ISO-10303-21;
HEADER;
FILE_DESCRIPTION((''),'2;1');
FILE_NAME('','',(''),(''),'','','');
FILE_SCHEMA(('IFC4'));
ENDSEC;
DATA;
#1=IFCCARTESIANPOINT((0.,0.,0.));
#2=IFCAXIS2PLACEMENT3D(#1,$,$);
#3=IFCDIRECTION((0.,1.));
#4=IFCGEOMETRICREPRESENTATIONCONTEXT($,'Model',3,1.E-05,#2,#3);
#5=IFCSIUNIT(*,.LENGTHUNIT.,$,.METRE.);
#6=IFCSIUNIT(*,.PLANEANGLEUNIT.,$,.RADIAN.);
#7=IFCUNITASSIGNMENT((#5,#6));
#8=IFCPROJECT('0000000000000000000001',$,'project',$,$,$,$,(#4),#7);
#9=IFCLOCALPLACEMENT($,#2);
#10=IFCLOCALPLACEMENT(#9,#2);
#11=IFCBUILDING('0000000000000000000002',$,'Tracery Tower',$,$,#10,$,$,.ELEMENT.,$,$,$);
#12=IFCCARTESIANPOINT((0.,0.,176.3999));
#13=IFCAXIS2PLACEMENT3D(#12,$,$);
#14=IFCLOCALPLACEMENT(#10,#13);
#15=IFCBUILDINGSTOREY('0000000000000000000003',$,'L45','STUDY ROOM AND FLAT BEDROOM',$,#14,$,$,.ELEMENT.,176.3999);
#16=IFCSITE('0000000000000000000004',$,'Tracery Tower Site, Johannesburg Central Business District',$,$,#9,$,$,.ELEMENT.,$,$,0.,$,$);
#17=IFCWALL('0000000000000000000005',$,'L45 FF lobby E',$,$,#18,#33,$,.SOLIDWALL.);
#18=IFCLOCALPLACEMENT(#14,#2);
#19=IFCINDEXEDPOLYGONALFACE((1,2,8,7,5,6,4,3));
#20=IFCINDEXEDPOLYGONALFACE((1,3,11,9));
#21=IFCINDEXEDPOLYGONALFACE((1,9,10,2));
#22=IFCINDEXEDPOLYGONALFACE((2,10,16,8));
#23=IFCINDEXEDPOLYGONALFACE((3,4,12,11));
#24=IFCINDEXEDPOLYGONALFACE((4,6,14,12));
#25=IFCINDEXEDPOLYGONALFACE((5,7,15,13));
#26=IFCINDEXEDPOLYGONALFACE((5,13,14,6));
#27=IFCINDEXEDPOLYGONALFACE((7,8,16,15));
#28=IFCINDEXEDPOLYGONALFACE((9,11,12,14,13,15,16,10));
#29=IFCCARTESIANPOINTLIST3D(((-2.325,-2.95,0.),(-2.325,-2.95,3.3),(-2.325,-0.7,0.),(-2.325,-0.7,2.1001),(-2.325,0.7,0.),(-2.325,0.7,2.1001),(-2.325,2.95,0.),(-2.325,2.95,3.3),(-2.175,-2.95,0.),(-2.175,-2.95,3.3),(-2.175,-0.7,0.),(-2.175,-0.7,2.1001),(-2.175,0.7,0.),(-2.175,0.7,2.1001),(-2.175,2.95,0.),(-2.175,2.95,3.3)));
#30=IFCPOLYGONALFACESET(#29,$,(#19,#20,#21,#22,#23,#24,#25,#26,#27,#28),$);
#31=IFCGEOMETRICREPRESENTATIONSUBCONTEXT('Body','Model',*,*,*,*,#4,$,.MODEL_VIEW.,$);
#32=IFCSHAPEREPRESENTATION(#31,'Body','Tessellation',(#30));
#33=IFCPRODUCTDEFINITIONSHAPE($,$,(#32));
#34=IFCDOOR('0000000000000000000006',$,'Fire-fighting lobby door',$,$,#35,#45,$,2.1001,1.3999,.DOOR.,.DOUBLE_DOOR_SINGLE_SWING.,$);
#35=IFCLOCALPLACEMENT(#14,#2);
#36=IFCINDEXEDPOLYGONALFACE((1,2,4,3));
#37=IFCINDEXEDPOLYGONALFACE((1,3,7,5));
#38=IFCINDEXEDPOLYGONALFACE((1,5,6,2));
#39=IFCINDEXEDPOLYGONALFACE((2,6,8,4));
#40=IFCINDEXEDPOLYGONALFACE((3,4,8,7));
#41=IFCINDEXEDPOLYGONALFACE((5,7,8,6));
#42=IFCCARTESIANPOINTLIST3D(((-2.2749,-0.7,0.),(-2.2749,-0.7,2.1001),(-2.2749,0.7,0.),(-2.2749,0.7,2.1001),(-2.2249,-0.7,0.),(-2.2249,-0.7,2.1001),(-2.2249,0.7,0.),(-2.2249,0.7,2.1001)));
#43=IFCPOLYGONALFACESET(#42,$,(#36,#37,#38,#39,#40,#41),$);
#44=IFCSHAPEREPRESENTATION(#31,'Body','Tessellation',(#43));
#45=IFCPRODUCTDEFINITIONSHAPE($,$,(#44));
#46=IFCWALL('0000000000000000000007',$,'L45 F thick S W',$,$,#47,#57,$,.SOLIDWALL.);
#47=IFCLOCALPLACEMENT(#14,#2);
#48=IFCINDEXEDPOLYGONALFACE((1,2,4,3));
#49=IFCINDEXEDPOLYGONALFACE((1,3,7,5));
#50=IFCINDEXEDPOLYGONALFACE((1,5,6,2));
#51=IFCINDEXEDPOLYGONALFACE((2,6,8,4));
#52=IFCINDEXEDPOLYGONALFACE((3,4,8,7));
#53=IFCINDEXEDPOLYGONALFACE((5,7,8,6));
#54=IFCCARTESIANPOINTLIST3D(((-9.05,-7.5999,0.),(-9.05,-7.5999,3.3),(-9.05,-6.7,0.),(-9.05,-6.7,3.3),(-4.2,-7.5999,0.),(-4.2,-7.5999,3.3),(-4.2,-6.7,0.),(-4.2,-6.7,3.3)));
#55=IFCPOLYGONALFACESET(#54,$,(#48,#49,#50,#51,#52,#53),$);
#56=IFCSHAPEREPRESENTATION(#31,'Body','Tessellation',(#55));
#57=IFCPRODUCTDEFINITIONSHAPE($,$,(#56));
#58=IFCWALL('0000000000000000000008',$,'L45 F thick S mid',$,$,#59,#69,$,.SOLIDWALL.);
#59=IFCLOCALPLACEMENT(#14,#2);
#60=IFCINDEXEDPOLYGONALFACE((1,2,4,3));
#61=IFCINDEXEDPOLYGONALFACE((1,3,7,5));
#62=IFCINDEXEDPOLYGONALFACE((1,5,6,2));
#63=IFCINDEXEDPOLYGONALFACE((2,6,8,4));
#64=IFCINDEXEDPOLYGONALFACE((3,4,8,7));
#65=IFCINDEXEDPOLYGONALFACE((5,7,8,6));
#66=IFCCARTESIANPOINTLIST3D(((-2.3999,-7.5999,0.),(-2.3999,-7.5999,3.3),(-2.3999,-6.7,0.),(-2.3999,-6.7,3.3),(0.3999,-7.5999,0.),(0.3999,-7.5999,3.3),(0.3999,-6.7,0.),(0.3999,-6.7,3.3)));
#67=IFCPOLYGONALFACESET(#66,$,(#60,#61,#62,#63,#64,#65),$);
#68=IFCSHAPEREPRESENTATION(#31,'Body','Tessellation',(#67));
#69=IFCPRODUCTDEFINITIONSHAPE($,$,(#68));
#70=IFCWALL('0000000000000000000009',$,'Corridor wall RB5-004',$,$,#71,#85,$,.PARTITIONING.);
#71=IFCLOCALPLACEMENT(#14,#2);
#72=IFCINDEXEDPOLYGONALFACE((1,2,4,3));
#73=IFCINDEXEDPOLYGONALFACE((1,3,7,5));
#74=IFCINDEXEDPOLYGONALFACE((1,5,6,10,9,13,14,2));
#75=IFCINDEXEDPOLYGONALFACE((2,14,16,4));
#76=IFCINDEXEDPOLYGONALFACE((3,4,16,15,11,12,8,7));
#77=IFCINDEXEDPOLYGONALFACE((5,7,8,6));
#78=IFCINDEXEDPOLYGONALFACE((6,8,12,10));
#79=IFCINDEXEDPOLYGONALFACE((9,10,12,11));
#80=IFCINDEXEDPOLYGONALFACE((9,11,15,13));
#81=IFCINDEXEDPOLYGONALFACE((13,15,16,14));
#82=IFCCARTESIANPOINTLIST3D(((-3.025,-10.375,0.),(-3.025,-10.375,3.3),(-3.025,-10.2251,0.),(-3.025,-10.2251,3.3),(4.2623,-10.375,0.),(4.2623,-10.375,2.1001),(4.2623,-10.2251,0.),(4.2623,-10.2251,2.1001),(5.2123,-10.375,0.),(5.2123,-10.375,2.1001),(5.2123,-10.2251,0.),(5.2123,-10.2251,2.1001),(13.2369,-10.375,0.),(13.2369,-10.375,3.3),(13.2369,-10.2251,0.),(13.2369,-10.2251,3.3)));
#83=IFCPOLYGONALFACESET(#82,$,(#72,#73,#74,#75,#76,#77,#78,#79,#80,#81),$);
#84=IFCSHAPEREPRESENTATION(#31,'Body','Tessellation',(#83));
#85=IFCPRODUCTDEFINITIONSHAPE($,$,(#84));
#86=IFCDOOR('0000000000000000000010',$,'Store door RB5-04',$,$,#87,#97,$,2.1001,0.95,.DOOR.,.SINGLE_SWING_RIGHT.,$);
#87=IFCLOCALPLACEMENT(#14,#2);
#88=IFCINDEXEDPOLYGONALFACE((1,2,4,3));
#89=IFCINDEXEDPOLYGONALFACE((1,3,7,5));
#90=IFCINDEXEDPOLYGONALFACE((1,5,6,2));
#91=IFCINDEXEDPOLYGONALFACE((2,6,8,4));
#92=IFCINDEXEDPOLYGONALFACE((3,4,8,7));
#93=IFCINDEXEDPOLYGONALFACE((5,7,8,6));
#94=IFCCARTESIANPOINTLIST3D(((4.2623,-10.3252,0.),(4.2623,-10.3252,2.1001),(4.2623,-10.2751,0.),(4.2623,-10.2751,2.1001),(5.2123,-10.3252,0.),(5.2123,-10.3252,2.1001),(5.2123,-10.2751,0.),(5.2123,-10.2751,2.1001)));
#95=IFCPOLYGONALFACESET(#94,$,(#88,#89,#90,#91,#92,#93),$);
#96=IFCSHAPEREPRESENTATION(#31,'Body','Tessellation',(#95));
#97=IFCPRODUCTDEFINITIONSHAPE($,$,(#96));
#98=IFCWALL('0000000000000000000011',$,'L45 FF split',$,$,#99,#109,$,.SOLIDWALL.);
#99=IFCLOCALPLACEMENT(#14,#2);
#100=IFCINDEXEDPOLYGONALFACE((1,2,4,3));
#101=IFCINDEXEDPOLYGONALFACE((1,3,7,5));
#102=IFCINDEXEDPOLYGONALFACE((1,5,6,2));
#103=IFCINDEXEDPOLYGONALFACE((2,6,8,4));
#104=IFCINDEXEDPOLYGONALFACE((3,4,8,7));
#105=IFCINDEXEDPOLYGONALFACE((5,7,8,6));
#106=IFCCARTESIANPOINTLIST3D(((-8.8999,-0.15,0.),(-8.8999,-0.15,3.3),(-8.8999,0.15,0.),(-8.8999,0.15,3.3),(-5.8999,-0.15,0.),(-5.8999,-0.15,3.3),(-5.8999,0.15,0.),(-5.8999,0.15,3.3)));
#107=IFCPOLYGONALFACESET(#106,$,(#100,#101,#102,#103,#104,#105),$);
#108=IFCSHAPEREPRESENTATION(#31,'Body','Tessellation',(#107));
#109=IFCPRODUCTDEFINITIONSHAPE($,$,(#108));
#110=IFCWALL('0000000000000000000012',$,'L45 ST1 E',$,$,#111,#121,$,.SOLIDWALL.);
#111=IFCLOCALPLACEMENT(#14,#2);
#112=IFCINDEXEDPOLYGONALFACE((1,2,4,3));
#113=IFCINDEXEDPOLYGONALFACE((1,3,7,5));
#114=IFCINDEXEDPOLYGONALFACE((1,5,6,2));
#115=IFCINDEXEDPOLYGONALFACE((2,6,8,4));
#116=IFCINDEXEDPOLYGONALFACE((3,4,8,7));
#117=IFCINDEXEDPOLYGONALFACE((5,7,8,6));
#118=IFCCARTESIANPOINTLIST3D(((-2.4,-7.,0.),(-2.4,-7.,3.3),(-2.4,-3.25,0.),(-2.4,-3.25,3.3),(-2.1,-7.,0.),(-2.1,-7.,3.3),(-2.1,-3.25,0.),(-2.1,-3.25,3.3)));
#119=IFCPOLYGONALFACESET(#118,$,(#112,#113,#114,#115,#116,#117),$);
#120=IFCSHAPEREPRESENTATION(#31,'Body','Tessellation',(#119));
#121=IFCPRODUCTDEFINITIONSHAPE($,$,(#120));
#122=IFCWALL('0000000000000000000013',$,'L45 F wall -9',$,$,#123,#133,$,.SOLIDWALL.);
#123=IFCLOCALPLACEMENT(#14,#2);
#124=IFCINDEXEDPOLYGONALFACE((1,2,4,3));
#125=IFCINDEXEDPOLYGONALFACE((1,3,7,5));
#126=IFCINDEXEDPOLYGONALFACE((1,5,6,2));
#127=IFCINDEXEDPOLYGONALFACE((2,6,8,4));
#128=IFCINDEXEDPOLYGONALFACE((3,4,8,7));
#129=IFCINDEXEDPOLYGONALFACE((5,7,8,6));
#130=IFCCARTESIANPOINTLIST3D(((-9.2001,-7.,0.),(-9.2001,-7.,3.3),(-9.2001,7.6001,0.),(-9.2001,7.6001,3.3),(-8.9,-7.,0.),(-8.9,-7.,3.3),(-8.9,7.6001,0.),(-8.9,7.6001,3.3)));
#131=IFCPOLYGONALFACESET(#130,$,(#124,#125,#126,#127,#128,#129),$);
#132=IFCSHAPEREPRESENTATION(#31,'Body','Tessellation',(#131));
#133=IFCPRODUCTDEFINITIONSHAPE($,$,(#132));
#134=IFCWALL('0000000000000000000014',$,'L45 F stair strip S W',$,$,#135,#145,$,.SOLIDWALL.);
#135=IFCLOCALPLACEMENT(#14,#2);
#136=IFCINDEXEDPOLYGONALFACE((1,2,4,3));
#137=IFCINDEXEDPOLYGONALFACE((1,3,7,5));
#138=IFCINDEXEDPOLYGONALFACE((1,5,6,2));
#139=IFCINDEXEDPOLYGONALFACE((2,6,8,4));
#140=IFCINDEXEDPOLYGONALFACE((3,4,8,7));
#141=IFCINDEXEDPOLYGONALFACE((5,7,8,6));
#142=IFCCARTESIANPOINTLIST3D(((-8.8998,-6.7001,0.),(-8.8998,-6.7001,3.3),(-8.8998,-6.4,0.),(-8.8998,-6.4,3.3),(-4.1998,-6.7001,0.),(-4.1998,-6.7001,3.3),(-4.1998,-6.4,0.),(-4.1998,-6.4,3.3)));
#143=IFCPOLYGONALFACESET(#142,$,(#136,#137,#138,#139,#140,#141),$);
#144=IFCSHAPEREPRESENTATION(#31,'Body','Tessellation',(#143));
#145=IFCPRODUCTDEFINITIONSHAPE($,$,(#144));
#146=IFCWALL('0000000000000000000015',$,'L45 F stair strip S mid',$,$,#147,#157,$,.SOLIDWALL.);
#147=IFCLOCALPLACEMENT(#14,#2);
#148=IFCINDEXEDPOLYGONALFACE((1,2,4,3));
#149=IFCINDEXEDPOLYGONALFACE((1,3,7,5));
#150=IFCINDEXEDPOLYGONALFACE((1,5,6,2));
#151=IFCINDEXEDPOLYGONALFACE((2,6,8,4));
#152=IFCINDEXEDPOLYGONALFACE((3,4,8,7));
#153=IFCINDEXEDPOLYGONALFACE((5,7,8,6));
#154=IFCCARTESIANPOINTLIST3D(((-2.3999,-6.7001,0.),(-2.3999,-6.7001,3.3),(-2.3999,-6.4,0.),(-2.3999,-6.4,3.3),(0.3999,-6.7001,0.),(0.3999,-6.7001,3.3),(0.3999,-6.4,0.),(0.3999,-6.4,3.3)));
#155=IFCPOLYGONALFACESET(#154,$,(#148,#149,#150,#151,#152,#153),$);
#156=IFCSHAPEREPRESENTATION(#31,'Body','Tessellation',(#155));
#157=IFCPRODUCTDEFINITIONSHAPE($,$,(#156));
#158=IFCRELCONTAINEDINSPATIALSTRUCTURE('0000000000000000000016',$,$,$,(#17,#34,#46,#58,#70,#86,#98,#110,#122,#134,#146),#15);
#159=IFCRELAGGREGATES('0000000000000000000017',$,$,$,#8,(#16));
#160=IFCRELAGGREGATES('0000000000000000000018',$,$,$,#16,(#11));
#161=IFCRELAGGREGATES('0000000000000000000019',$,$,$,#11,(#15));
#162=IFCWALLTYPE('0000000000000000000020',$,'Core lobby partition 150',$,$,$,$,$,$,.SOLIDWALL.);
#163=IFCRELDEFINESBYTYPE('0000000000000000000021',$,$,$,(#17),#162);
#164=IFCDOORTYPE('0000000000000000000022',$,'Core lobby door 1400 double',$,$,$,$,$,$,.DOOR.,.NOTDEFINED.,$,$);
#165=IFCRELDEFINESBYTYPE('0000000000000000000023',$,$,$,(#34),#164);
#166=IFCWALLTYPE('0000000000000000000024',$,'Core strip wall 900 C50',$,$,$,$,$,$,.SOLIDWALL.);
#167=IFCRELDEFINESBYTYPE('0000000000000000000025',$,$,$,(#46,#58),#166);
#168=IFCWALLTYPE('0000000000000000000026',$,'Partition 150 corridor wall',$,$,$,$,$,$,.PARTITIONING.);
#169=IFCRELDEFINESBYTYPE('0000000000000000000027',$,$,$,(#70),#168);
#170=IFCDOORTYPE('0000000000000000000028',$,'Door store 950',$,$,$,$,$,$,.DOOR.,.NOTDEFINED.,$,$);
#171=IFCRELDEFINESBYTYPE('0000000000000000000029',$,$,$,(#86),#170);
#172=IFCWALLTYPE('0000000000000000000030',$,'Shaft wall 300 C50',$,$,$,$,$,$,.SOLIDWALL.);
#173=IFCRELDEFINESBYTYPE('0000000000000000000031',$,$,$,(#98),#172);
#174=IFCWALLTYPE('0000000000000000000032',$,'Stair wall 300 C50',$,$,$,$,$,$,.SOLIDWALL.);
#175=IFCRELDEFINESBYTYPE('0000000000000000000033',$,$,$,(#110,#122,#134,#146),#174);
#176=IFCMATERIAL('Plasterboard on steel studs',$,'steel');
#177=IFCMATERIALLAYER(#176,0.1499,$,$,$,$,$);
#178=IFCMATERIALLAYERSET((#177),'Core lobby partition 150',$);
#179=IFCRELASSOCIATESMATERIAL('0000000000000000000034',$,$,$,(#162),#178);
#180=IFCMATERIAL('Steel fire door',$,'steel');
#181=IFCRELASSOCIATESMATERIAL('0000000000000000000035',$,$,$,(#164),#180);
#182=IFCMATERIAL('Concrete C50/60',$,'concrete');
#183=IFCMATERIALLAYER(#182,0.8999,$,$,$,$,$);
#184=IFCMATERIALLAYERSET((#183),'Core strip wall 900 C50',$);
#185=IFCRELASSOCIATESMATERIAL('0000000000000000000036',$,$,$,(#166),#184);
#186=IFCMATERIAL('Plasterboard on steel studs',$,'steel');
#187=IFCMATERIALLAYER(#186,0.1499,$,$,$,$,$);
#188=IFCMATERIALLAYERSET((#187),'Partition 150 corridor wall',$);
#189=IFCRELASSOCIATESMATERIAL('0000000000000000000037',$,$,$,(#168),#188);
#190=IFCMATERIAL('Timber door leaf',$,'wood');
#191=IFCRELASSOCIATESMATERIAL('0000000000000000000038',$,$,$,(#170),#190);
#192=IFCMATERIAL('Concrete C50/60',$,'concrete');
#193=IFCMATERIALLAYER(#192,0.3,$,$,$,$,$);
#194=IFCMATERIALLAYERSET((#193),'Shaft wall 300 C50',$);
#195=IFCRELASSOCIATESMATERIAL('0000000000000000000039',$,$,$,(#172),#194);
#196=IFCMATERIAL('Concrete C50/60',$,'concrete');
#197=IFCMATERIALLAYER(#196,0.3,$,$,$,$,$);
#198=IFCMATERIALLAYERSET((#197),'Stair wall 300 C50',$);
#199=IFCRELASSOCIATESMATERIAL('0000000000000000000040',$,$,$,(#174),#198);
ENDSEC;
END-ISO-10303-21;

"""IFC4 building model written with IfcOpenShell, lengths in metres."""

from ifc_helpers import new_model, si_unit, direction, frame, frame_2d, origin, place, context, subcontext, project, spatial, rectangle, extrude, material, layer, layer_set, type_object, element, fill, save


model = new_model("IFC4")

# Units and contexts
model_context = context("Model", 3, precision=1e-05, world=origin(), true_north=direction((0.0, 1.0)))
body_context = subcontext(model_context, "Body", "Model", "MODEL_VIEW")
ifc_project = project(units=[si_unit("LENGTHUNIT", "METRE"), si_unit("PLANEANGLEUNIT", "RADIAN")], contexts=[model_context])

# Site, building, storey
site_placement = place(None, origin())
site = spatial("IfcSite", under=ifc_project, at=site_placement, Name="Tracery Tower Site, Johannesburg Central Business District", CompositionType="ELEMENT", RefElevation=0.0)
building_placement = place(site_placement, origin())
building = spatial("IfcBuilding", under=site, at=building_placement, Name="Tracery Tower", CompositionType="ELEMENT")
storey_placement = place(building_placement, frame((0.0, 0.0, 176.3999)))
storey = spatial("IfcBuildingStorey", under=building, at=storey_placement, Name="L45", Description="STUDY ROOM AND FLAT BEDROOM", CompositionType="ELEMENT", Elevation=176.3999)

# Wall, opening, door
ifc_material_1 = material(Name="Plasterboard on steel studs", Category="steel")
ifc_layer_1 = layer(ifc_material_1, 0.1499)
ifc_layer_set_1 = layer_set([ifc_layer_1], Name="Core lobby partition 150")
wall_type_1 = type_object("IfcWallType", Name="Core lobby partition 150", PredefinedType="SOLIDWALL", material=ifc_layer_set_1)
wall_1_placement = place(storey_placement, frame((-2.25, -2.95, 0.0), z_axis=(0.0, 0.0, 1.0), x_axis=(0.0, 1.0, 0.0)))
wall_1 = element("IfcWall", 1, at=wall_1_placement, inside=storey, type_object=wall_type_1, Name="L45 FF lobby E", PredefinedType="SOLIDWALL", context=body_context, shape_type="SweptSolid", body=[
    extrude(rectangle(XDim=5.8999, YDim=0.1499, at=frame_2d((2.95, 0.0))), origin(), (0.0, 0.0, 1.0), 3.3),
])
opening_1_placement = place(wall_1_placement, frame((2.25, 0.0, 0.0)))
opening_1 = element("IfcOpeningElement", 2, at=opening_1_placement, cuts=wall_1, PredefinedType="OPENING", context=body_context, shape_type="SweptSolid", body=[
    extrude(rectangle(XDim=1.3999, YDim=2.1001, at=frame_2d((0.7, 1.05))), frame((0.0, 0.075, 0.0), z_axis=(0.0, -1.0, 0.0), x_axis=(1.0, 0.0, 0.0)), (0.0, 0.0, 1.0), 0.1499),
])
ifc_material_2 = material(Name="Steel fire door", Category="steel")
door_type_1 = type_object("IfcDoorType", Name="Core lobby door 1400 double", OperationType="NOTDEFINED", PredefinedType="DOOR", material=ifc_material_2)
door_1_placement = place(opening_1_placement, origin())
door_1 = element("IfcDoor", 3, at=door_1_placement, inside=storey, type_object=door_type_1, Name="Fire-fighting lobby door", OperationType="DOUBLE_DOOR_SINGLE_SWING", OverallHeight=2.1001, OverallWidth=1.3999, PredefinedType="DOOR", context=body_context, shape_type="SweptSolid", body=[
    extrude(rectangle(XDim=1.3999, YDim=2.1001, at=frame_2d((0.7, 1.05))), frame((0.0, 0.0249, 0.0), z_axis=(0.0, -1.0, 0.0), x_axis=(1.0, 0.0, 0.0)), (0.0, 0.0, 1.0), 0.05),
])
fill(opening_1, door_1)

# Walls
ifc_material_3 = material(Name="Concrete C50/60", Category="concrete")
ifc_layer_2 = layer(ifc_material_3, 0.8999)
ifc_layer_set_2 = layer_set([ifc_layer_2], Name="Core strip wall 900 C50")
wall_type_2 = type_object("IfcWallType", Name="Core strip wall 900 C50", PredefinedType="SOLIDWALL", material=ifc_layer_set_2)
wall_2_placement = place(storey_placement, frame((-9.05, -7.1499, 0.0), z_axis=(0.0, 0.0, 1.0), x_axis=(1.0, 0.0, 0.0)))
element("IfcWall", 4, at=wall_2_placement, inside=storey, type_object=wall_type_2, Name="L45 F thick S W", PredefinedType="SOLIDWALL", context=body_context, shape_type="SweptSolid", body=[
    extrude(rectangle(XDim=4.8501, YDim=0.8999, at=frame_2d((2.425, 0.0))), origin(), (0.0, 0.0, 1.0), 3.3),
])
wall_3_placement = place(storey_placement, frame((-2.3999, -7.1499, 0.0), z_axis=(0.0, 0.0, 1.0), x_axis=(1.0, 0.0, 0.0)))
element("IfcWall", 5, at=wall_3_placement, inside=storey, type_object=wall_type_2, Name="L45 F thick S mid", PredefinedType="SOLIDWALL", context=body_context, shape_type="SweptSolid", body=[
    extrude(rectangle(XDim=2.7998, YDim=0.8999, at=frame_2d((1.3999, 0.0))), origin(), (0.0, 0.0, 1.0), 3.3),
])

# Wall, opening, door
ifc_material_4 = material(Name="Plasterboard on steel studs", Category="steel")
ifc_layer_3 = layer(ifc_material_4, 0.1499)
ifc_layer_set_3 = layer_set([ifc_layer_3], Name="Partition 150 corridor wall")
wall_type_3 = type_object("IfcWallType", Name="Partition 150 corridor wall", PredefinedType="PARTITIONING", material=ifc_layer_set_3)
wall_4_placement = place(storey_placement, frame((-3.0249, -10.3, 0.0), z_axis=(0.0, 0.0, 1.0), x_axis=(1.0, 0.0, 0.0)))
wall_4 = element("IfcWall", 6, at=wall_4_placement, inside=storey, type_object=wall_type_3, Name="Corridor wall RB5-004", PredefinedType="PARTITIONING", context=body_context, shape_type="SweptSolid", body=[
    extrude(rectangle(XDim=16.262, YDim=0.1499, at=frame_2d((8.1309, 0.0))), origin(), (0.0, 0.0, 1.0), 3.3),
])
opening_2_placement = place(wall_4_placement, frame((7.2871, 0.0, 0.0)))
opening_2 = element("IfcOpeningElement", 7, at=opening_2_placement, cuts=wall_4, PredefinedType="OPENING", context=body_context, shape_type="SweptSolid", body=[
    extrude(rectangle(XDim=0.95, YDim=2.1001, at=frame_2d((0.4751, 1.05))), frame((0.0, 0.075, 0.0), z_axis=(0.0, -1.0, 0.0), x_axis=(1.0, 0.0, 0.0)), (0.0, 0.0, 1.0), 0.1499),
])
ifc_material_5 = material(Name="Timber door leaf", Category="wood")
door_type_2 = type_object("IfcDoorType", Name="Door store 950", OperationType="NOTDEFINED", PredefinedType="DOOR", material=ifc_material_5)
door_2_placement = place(opening_2_placement, origin())
door_2 = element("IfcDoor", 8, at=door_2_placement, inside=storey, type_object=door_type_2, Name="Store door RB5-04", OperationType="SINGLE_SWING_RIGHT", OverallHeight=2.1001, OverallWidth=0.95, PredefinedType="DOOR", context=body_context, shape_type="SweptSolid", body=[
    extrude(rectangle(XDim=0.95, YDim=2.1001, at=frame_2d((0.4751, 1.05))), frame((0.0, 0.0249, 0.0), z_axis=(0.0, -1.0, 0.0), x_axis=(1.0, 0.0, 0.0)), (0.0, 0.0, 1.0), 0.05),
])
fill(opening_2, door_2)

# Wall
ifc_material_6 = material(Name="Concrete C50/60", Category="concrete")
ifc_layer_4 = layer(ifc_material_6, 0.3)
ifc_layer_set_4 = layer_set([ifc_layer_4], Name="Shaft wall 300 C50")
wall_type_4 = type_object("IfcWallType", Name="Shaft wall 300 C50", PredefinedType="SOLIDWALL", material=ifc_layer_set_4)
wall_5_placement = place(storey_placement, frame((-8.8999, 0.0, 0.0), z_axis=(0.0, 0.0, 1.0), x_axis=(1.0, 0.0, 0.0)))
element("IfcWall", 9, at=wall_5_placement, inside=storey, type_object=wall_type_4, Name="L45 FF split", PredefinedType="SOLIDWALL", context=body_context, shape_type="SweptSolid", body=[
    extrude(rectangle(XDim=3.0, YDim=0.3, at=frame_2d((1.5, 0.0))), origin(), (0.0, 0.0, 1.0), 3.3),
])

# Shared definitions
ifc_material_7 = material(Name="Concrete C50/60", Category="concrete")
ifc_layer_5 = layer(ifc_material_7, 0.3)
ifc_layer_set_5 = layer_set([ifc_layer_5], Name="Stair wall 300 C50")
wall_type_5 = type_object("IfcWallType", Name="Stair wall 300 C50", PredefinedType="SOLIDWALL", material=ifc_layer_set_5)

# Walls
wall_6_placement = place(storey_placement, frame((-2.25, -7.0, 0.0), z_axis=(0.0, 0.0, 1.0), x_axis=(0.0, 1.0, 0.0)))
element("IfcWall", 10, at=wall_6_placement, inside=storey, type_object=wall_type_5, Name="L45 ST1 E", PredefinedType="SOLIDWALL", context=body_context, shape_type="SweptSolid", body=[
    extrude(rectangle(XDim=3.75, YDim=0.3, at=frame_2d((1.875, 0.0))), origin(), (0.0, 0.0, 1.0), 3.3),
])
wall_7_placement = place(storey_placement, frame((-9.05, -7.0, 0.0), z_axis=(0.0, 0.0, 1.0), x_axis=(0.0, 1.0, 0.0)))
element("IfcWall", 11, at=wall_7_placement, inside=storey, type_object=wall_type_5, Name="L45 F wall -9", PredefinedType="SOLIDWALL", context=body_context, shape_type="SweptSolid", body=[
    extrude(rectangle(XDim=14.6001, YDim=0.3, at=frame_2d((7.3, 0.0))), origin(), (0.0, 0.0, 1.0), 3.3),
])
wall_8_placement = place(storey_placement, frame((-8.8999, -6.55, 0.0), z_axis=(0.0, 0.0, 1.0), x_axis=(1.0, 0.0, 0.0)))
element("IfcWall", 12, at=wall_8_placement, inside=storey, type_object=wall_type_5, Name="L45 F stair strip S W", PredefinedType="SOLIDWALL", context=body_context, shape_type="SweptSolid", body=[
    extrude(rectangle(XDim=4.7, YDim=0.3, at=frame_2d((2.3501, 0.0))), origin(), (0.0, 0.0, 1.0), 3.3),
])
wall_9_placement = place(storey_placement, frame((-2.3999, -6.55, 0.0), z_axis=(0.0, 0.0, 1.0), x_axis=(1.0, 0.0, 0.0)))
element("IfcWall", 13, at=wall_9_placement, inside=storey, type_object=wall_type_5, Name="L45 F stair strip S mid", PredefinedType="SOLIDWALL", context=body_context, shape_type="SweptSolid", body=[
    extrude(rectangle(XDim=2.7998, YDim=0.3, at=frame_2d((1.3999, 0.0))), origin(), (0.0, 0.0, 1.0), 3.3),
])

save(model, "model.ifc")
